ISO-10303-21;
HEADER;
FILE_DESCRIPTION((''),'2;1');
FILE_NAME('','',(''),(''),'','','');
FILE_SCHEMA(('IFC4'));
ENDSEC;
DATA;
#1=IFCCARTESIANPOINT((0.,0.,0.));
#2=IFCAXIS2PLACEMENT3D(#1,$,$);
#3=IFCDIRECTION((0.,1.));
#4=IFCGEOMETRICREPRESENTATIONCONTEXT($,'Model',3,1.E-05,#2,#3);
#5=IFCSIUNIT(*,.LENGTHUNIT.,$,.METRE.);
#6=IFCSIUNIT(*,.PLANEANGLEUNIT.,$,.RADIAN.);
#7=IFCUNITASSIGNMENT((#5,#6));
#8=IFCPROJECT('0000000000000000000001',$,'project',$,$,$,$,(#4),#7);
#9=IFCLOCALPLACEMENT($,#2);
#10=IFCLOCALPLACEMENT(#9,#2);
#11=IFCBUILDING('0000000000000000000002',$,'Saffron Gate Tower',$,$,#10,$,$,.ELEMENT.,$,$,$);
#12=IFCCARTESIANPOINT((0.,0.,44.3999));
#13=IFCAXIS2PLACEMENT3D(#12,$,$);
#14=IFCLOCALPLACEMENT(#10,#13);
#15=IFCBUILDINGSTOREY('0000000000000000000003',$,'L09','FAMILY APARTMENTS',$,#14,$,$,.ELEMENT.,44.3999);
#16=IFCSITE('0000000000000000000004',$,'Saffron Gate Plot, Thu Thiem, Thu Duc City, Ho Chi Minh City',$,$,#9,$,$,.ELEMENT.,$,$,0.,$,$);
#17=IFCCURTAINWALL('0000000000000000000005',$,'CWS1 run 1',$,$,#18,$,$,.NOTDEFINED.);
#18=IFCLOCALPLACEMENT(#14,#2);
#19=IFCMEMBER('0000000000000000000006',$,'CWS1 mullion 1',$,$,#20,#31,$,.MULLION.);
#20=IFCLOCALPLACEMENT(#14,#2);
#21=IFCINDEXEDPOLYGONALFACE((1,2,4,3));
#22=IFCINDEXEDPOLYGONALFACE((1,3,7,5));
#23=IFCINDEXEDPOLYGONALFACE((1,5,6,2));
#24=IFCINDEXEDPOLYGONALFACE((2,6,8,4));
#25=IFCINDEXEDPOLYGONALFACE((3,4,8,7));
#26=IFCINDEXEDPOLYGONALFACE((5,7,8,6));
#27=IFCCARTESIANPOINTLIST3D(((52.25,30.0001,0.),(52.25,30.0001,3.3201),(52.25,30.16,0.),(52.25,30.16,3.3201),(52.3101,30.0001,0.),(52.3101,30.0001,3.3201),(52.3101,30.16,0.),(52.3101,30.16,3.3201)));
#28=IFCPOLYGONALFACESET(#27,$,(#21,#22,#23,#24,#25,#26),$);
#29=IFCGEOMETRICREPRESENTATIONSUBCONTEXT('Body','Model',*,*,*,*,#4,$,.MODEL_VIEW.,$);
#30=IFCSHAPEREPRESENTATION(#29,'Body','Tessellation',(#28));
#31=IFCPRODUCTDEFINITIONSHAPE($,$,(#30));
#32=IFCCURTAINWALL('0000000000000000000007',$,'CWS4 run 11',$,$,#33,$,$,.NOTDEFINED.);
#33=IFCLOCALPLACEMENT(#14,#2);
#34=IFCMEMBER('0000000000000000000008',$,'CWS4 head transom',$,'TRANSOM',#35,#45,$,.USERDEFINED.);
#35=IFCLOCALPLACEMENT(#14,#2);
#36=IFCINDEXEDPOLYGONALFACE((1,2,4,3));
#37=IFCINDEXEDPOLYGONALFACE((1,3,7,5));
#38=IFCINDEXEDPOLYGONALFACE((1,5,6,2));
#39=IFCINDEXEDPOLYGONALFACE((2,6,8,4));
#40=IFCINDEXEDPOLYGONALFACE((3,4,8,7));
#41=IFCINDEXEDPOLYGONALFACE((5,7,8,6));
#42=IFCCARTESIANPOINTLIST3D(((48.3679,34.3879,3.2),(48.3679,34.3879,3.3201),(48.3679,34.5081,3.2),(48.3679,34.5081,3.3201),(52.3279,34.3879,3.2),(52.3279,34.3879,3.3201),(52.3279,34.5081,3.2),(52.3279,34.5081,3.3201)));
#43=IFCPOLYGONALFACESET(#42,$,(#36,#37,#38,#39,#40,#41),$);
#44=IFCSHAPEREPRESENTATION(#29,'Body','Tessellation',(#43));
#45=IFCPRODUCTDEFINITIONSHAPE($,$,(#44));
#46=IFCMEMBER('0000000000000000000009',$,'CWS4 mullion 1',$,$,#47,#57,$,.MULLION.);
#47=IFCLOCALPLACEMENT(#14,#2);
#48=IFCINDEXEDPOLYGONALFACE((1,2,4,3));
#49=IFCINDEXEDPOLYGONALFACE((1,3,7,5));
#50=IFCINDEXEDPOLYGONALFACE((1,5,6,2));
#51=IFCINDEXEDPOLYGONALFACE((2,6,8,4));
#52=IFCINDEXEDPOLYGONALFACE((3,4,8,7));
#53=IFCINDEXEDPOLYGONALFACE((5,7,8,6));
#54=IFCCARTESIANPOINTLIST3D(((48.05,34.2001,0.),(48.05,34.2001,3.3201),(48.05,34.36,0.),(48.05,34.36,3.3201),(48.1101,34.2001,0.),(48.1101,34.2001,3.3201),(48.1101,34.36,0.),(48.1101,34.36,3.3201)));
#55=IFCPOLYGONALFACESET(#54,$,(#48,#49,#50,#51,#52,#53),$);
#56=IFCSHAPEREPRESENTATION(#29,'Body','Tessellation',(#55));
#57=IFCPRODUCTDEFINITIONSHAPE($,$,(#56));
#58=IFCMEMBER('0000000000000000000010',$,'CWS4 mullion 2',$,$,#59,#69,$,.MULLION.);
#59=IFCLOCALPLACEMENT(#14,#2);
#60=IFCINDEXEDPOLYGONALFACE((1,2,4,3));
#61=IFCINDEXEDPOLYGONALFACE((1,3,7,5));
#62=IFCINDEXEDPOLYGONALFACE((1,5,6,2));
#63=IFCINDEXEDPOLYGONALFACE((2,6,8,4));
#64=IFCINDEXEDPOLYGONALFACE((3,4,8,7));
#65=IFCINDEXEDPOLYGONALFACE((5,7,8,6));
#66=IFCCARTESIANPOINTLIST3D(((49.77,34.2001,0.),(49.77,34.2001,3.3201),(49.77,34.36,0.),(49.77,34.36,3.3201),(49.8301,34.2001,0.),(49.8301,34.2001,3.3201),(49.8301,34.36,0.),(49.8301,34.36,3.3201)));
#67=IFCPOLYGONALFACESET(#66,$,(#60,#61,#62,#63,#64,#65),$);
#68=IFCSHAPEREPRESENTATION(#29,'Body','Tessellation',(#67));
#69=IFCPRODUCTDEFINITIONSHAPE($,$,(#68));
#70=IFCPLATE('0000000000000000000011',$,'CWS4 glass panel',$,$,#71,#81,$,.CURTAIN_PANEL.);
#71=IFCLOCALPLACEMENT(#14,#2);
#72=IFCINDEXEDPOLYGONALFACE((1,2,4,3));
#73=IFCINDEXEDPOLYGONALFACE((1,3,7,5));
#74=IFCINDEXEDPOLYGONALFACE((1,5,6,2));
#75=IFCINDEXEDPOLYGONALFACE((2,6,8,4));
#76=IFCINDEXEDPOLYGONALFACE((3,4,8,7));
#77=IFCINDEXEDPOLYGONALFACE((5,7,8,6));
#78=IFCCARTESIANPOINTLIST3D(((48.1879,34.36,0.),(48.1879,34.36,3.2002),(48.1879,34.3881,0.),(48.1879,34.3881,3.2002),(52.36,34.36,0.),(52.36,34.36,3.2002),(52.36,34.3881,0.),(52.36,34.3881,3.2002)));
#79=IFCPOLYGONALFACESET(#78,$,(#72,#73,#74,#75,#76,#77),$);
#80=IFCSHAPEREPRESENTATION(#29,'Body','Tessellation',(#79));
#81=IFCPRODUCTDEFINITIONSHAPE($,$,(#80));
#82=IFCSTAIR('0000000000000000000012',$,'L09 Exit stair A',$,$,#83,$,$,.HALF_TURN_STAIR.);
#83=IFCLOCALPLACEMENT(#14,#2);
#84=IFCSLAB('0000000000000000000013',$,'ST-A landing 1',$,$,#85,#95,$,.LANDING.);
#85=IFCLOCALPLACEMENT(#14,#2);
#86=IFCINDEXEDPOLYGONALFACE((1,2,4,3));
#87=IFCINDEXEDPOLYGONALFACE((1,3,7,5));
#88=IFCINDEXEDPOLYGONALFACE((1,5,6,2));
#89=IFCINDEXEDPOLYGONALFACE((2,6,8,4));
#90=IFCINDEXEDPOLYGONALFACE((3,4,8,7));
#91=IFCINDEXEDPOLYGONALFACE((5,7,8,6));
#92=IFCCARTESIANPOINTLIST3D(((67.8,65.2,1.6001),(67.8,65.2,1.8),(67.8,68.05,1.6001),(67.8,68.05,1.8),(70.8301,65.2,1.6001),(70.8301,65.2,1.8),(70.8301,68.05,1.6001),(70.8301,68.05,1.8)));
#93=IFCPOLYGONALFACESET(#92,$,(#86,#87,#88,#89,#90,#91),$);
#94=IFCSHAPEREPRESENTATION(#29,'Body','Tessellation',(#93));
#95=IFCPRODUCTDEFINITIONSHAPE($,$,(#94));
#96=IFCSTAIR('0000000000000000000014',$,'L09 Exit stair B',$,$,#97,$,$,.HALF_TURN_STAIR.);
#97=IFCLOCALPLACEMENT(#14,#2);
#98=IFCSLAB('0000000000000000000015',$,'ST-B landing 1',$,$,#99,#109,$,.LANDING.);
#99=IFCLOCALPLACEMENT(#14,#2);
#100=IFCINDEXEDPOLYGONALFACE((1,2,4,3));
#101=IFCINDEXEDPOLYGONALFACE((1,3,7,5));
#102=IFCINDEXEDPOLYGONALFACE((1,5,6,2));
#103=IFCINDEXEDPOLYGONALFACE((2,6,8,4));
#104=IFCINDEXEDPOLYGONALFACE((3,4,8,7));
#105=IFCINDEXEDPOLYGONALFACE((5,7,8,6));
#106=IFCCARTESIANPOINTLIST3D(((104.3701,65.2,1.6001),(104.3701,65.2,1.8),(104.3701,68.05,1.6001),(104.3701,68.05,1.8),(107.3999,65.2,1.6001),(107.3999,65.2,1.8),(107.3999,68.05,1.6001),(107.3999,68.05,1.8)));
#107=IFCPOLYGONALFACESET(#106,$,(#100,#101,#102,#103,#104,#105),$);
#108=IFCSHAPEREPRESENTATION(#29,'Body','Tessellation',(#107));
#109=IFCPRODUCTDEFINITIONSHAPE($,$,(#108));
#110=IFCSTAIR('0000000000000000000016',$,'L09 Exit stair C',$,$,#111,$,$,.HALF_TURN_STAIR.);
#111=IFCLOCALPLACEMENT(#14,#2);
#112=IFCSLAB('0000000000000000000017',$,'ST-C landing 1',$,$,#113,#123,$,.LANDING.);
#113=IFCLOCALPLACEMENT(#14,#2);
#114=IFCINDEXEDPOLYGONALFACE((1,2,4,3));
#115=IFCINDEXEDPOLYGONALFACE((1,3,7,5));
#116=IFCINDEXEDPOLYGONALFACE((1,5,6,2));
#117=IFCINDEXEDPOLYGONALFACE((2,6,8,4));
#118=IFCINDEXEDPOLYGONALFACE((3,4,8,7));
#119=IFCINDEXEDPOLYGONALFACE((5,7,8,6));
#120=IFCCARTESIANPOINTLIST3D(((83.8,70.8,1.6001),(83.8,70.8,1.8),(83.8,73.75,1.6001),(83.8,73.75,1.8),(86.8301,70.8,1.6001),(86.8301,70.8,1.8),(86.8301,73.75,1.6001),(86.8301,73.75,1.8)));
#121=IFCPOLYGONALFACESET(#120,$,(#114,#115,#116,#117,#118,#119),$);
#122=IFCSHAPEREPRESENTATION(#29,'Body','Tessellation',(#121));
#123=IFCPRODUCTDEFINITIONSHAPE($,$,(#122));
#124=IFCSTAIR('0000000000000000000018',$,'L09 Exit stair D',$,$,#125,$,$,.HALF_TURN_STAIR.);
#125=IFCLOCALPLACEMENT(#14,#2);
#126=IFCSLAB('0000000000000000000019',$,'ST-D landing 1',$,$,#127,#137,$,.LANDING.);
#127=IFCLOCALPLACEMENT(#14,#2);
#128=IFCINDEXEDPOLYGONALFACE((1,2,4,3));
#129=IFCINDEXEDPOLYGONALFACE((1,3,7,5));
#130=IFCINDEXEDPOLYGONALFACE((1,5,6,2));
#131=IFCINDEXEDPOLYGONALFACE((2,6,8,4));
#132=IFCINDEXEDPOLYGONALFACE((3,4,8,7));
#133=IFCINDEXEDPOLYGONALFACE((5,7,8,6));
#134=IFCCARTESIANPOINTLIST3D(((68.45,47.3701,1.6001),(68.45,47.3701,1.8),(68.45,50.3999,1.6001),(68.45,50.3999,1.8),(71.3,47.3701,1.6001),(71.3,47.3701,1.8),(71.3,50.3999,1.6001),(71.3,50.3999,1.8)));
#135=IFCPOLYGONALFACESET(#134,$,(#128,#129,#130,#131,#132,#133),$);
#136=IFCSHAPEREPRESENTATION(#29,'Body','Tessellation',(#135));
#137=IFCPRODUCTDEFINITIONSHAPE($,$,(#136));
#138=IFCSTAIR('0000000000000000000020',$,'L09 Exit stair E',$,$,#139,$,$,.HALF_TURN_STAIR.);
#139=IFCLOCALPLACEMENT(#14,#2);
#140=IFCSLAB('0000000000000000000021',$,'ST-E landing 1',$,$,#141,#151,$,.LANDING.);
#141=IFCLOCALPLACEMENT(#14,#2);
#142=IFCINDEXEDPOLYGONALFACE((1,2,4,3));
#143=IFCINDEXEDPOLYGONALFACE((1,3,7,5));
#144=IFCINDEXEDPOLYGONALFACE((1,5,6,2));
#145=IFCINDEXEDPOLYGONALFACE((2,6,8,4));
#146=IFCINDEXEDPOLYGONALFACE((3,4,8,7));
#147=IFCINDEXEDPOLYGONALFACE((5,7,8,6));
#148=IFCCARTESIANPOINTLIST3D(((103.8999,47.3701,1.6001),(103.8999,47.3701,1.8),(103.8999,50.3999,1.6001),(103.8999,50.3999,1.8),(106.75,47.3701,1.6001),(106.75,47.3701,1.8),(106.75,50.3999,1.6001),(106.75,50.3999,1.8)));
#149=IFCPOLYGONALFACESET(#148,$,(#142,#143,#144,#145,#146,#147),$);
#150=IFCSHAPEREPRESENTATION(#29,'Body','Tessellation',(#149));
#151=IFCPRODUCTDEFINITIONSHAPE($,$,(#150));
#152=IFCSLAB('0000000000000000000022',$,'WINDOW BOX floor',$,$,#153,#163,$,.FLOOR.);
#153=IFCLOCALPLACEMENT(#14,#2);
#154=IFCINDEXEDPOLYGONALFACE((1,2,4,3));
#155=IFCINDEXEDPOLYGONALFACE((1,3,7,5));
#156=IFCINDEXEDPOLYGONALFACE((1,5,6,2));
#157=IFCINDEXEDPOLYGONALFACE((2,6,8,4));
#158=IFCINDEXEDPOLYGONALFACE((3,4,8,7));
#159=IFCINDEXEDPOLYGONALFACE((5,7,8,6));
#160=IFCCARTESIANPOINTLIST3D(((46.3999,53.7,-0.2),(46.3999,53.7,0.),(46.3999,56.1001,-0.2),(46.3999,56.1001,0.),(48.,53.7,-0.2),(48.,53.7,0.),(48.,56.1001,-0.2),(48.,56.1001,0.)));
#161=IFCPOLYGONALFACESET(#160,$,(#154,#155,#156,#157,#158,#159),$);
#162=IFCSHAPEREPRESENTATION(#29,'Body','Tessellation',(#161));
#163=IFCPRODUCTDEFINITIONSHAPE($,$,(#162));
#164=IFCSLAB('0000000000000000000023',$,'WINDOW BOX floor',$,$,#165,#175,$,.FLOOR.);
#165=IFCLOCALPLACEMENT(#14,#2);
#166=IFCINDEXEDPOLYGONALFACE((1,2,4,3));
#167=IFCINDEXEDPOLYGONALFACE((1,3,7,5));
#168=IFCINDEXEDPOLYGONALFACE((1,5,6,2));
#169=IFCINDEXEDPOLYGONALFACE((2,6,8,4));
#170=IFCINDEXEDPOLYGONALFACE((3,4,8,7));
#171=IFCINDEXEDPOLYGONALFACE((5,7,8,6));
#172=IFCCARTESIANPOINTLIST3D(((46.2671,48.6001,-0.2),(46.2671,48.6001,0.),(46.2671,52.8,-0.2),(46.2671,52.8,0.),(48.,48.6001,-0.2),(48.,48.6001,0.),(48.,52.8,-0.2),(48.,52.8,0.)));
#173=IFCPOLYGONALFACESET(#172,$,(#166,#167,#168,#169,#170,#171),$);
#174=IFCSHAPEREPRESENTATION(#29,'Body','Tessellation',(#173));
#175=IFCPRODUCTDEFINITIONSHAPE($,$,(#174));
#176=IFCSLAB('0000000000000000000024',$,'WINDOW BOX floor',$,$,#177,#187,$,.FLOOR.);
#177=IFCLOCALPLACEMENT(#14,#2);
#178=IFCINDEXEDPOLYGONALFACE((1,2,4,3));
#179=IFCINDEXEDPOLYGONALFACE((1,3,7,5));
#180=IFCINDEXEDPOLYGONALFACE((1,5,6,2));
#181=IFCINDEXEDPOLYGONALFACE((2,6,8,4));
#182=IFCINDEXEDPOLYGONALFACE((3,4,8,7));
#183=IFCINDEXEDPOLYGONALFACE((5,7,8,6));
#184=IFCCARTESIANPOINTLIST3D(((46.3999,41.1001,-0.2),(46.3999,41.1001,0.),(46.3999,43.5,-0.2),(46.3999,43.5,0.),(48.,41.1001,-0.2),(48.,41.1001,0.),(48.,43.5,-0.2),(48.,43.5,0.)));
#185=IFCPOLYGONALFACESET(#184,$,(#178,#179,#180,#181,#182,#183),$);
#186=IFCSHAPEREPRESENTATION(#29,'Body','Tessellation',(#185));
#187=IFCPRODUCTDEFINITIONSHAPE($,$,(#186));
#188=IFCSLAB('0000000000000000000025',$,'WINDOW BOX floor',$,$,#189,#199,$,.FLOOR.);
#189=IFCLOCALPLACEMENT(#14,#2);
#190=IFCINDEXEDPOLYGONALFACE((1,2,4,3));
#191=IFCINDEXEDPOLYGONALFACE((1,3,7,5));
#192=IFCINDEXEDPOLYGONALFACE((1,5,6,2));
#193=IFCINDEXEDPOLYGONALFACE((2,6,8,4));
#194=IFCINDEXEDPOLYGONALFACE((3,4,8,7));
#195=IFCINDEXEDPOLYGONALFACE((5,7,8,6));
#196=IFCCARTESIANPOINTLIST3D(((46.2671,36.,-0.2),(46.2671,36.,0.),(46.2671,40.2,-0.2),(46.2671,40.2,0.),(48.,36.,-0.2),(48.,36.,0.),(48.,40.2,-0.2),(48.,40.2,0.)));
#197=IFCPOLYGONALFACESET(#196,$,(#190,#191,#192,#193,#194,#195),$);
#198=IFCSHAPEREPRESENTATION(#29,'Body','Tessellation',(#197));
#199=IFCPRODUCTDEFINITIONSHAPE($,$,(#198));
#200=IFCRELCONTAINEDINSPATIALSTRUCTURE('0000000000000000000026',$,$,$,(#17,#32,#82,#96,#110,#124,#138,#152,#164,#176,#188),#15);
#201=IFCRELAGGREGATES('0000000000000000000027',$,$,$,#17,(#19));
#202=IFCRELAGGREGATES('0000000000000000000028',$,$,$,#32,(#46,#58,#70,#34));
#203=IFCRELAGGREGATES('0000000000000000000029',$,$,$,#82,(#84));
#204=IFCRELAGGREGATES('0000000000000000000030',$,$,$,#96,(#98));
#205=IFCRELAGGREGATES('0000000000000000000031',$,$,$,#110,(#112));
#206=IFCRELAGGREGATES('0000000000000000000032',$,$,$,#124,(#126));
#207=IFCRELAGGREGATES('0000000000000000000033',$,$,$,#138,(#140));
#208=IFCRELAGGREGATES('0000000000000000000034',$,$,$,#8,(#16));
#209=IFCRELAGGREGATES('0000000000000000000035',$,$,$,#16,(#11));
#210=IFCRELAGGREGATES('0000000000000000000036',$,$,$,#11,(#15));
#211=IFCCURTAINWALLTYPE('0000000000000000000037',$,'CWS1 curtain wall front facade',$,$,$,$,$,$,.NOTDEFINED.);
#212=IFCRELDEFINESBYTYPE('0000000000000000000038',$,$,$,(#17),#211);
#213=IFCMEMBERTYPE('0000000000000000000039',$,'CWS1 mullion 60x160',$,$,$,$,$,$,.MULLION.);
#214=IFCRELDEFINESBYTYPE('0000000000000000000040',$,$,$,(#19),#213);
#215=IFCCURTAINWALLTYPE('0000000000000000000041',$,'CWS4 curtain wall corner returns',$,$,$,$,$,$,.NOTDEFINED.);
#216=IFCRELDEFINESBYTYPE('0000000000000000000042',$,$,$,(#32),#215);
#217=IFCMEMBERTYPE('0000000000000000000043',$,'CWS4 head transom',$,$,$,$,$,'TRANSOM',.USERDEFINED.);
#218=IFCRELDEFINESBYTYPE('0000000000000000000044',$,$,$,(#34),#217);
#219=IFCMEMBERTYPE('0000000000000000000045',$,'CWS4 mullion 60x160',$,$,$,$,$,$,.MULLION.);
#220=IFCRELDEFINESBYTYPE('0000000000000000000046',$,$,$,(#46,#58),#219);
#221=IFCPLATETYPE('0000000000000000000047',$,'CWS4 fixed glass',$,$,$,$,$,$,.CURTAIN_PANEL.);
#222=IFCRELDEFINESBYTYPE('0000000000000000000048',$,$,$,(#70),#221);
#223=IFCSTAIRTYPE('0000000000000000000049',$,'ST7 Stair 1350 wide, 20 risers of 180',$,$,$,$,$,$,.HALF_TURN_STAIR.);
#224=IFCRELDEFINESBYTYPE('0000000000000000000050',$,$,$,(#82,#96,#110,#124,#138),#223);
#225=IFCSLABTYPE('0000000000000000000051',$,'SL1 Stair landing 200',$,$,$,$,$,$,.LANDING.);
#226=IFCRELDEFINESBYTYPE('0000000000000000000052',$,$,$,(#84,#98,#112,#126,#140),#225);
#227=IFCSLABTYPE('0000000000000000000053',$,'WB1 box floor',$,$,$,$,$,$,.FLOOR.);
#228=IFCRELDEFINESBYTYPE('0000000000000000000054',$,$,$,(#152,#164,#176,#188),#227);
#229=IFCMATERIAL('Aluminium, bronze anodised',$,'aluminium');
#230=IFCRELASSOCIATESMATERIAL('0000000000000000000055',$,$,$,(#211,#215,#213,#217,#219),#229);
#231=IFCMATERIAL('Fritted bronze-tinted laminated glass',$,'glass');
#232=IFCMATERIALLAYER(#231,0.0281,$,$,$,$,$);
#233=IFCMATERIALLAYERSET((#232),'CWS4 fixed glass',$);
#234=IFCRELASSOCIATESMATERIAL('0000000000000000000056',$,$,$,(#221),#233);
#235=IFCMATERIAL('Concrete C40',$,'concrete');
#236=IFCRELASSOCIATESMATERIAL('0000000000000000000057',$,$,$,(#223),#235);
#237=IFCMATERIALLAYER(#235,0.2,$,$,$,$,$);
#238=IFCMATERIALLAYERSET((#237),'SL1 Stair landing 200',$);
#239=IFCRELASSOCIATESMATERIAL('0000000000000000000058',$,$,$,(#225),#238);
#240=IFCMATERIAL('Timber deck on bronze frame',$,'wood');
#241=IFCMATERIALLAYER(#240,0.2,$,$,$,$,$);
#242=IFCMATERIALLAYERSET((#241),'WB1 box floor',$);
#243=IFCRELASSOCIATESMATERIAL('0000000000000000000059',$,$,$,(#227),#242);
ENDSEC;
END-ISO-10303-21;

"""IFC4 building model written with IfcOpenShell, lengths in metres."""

from ifc_helpers import new_model, si_unit, direction, frame, frame_2d, origin, origin_2d, place, context, subcontext, project, spatial, polyline, rectangle, outline, extrude, material, layer, layer_set, material_profile, profile_set, type_object, element, aggregate, save


model = new_model("IFC4")

# Units and contexts
model_context = context("Model", 3, precision=1e-05, world=origin(), true_north=direction((0.0, 1.0)))
body_context = subcontext(model_context, "Body", "Model", "MODEL_VIEW")
ifc_project = project(units=[si_unit("LENGTHUNIT", "METRE"), si_unit("PLANEANGLEUNIT", "RADIAN")], contexts=[model_context])

# Site, building, storey
site_placement = place(None, origin())
site = spatial("IfcSite", under=ifc_project, at=site_placement, Name="Saffron Gate Plot, Thu Thiem, Thu Duc City, Ho Chi Minh City", CompositionType="ELEMENT", RefElevation=0.0)
building_placement = place(site_placement, origin())
building = spatial("IfcBuilding", under=site, at=building_placement, Name="Saffron Gate Tower", CompositionType="ELEMENT")
storey_placement = place(building_placement, frame((0.0, 0.0, 44.3999)))
storey = spatial("IfcBuildingStorey", under=building, at=storey_placement, Name="L09", Description="FAMILY APARTMENTS", CompositionType="ELEMENT", Elevation=44.3999)

# Curtain wall, member
ifc_material_1 = material(Name="Aluminium, bronze anodised", Category="aluminium")
curtain_wall_type_1 = type_object("IfcCurtainWallType", Name="CWS1 curtain wall front facade", PredefinedType="NOTDEFINED", material=ifc_material_1)
curtain_wall_1_placement = place(storey_placement, origin())
curtain_wall_1 = element("IfcCurtainWall", 1, at=curtain_wall_1_placement, inside=storey, type_object=curtain_wall_type_1, Name="CWS1 run 1", PredefinedType="NOTDEFINED")
ifc_material_profile_1 = material_profile(ifc_material_1, rectangle(XDim=0.1599, YDim=0.0601, at=origin_2d()))
ifc_profile_set_1 = profile_set([ifc_material_profile_1], Name="Aluminium, bronze anodised")
member_type_1 = type_object("IfcMemberType", Name="CWS1 mullion 60x160", PredefinedType="MULLION", material=ifc_profile_set_1)
member_1_placement = place(storey_placement, frame((52.28, 30.0801, 0.0), z_axis=(0.0, 0.0, 1.0), x_axis=(0.0, 1.0, 0.0)))
member_1 = element("IfcMember", 2, at=member_1_placement, type_object=member_type_1, Name="CWS1 mullion 1", PredefinedType="MULLION", context=body_context, shape_type="SweptSolid", body=[
    extrude(rectangle(XDim=0.1599, YDim=0.0601, at=origin_2d()), origin(), (0.0, 0.0, 1.0), 3.3201),
])
aggregate(curtain_wall_1, [member_1])

# Curtain wall, members, plate
curtain_wall_type_2 = type_object("IfcCurtainWallType", Name="CWS4 curtain wall corner returns", PredefinedType="NOTDEFINED", material=ifc_material_1)
curtain_wall_2_placement = place(storey_placement, origin())
curtain_wall_2 = element("IfcCurtainWall", 3, at=curtain_wall_2_placement, inside=storey, type_object=curtain_wall_type_2, Name="CWS4 run 11", PredefinedType="NOTDEFINED")
ifc_material_profile_2 = material_profile(ifc_material_1, rectangle(XDim=0.1201, YDim=0.1201, at=origin_2d()))
ifc_profile_set_2 = profile_set([ifc_material_profile_2], Name="Aluminium, bronze anodised")
member_type_2 = type_object("IfcMemberType", Name="CWS4 head transom", ElementType="TRANSOM", PredefinedType="USERDEFINED", material=ifc_profile_set_2)
member_2_placement = place(storey_placement, frame((48.3679, 34.448, 3.26), z_axis=(1.0, 0.0, 0.0), x_axis=(0.0, 1.0, 0.0)))
member_2 = element("IfcMember", 4, at=member_2_placement, type_object=member_type_2, Name="CWS4 head transom", ObjectType="TRANSOM", PredefinedType="USERDEFINED", context=body_context, shape_type="SweptSolid", body=[
    extrude(rectangle(XDim=0.1201, YDim=0.1201, at=origin_2d()), origin(), (0.0, 0.0, 1.0), 3.96),
])
ifc_material_profile_3 = material_profile(ifc_material_1, rectangle(XDim=0.1599, YDim=0.0601, at=origin_2d()))
ifc_profile_set_3 = profile_set([ifc_material_profile_3], Name="Aluminium, bronze anodised")
member_type_3 = type_object("IfcMemberType", Name="CWS4 mullion 60x160", PredefinedType="MULLION", material=ifc_profile_set_3)
member_3_placement = place(storey_placement, frame((48.0801, 34.28, 0.0), z_axis=(0.0, 0.0, 1.0), x_axis=(0.0, 1.0, 0.0)))
member_3 = element("IfcMember", 5, at=member_3_placement, type_object=member_type_3, Name="CWS4 mullion 1", PredefinedType="MULLION", context=body_context, shape_type="SweptSolid", body=[
    extrude(rectangle(XDim=0.1599, YDim=0.0601, at=origin_2d()), origin(), (0.0, 0.0, 1.0), 3.3201),
])
member_4_placement = place(storey_placement, frame((49.8, 34.28, 0.0), z_axis=(0.0, 0.0, 1.0), x_axis=(0.0, 1.0, 0.0)))
member_4 = element("IfcMember", 6, at=member_4_placement, type_object=member_type_3, Name="CWS4 mullion 2", PredefinedType="MULLION", context=body_context, shape_type="SweptSolid", body=[
    extrude(rectangle(XDim=0.1599, YDim=0.0601, at=origin_2d()), origin(), (0.0, 0.0, 1.0), 3.3201),
])
ifc_material_2 = material(Name="Fritted bronze-tinted laminated glass", Category="glass")
ifc_layer_1 = layer(ifc_material_2, 0.0281)
ifc_layer_set_1 = layer_set([ifc_layer_1], Name="CWS4 fixed glass")
plate_type_1 = type_object("IfcPlateType", Name="CWS4 fixed glass", PredefinedType="CURTAIN_PANEL", material=ifc_layer_set_1)
plate_1_placement = place(storey_placement, frame((48.188, 34.374, 0.0), z_axis=(0.0, 0.0, 1.0), x_axis=(1.0, 0.0, 0.0)))
plate_1 = element("IfcPlate", 7, at=plate_1_placement, type_object=plate_type_1, Name="CWS4 glass panel", PredefinedType="CURTAIN_PANEL", context=body_context, shape_type="SweptSolid", body=[
    extrude(rectangle(XDim=4.1721, YDim=0.0281, at=frame_2d((2.0859, 0.0))), origin(), (0.0, 0.0, 1.0), 3.2002),
])
aggregate(curtain_wall_2, [member_3, member_4, plate_1, member_2])

# Stairs, slabs
ifc_material_3 = material(Name="Concrete C40", Category="concrete")
stair_type = type_object("IfcStairType", Name="ST7 Stair 1350 wide, 20 risers of 180", PredefinedType="HALF_TURN_STAIR", material=ifc_material_3)
stair_1_placement = place(storey_placement, origin())
stair_1 = element("IfcStair", 8, at=stair_1_placement, inside=storey, type_object=stair_type, Name="L09 Exit stair A", PredefinedType="HALF_TURN_STAIR")
ifc_layer_2 = layer(ifc_material_3, 0.2)
ifc_layer_set_2 = layer_set([ifc_layer_2], Name="SL1 Stair landing 200")
slab_type_1 = type_object("IfcSlabType", Name="SL1 Stair landing 200", PredefinedType="LANDING", material=ifc_layer_set_2)
slab_1_placement = place(storey_placement, frame((0.0, 0.0, 1.6001)))
slab_1 = element("IfcSlab", 9, at=slab_1_placement, type_object=slab_type_1, Name="ST-A landing 1", PredefinedType="LANDING", context=body_context, shape_type="SweptSolid", body=[
    extrude(outline(polyline([(70.8301, 68.05), (67.8, 68.05), (67.8, 65.2), (70.8301, 65.2), (70.8301, 68.05)])), origin(), (0.0, 0.0, 1.0), 0.2),
])
aggregate(stair_1, [slab_1])
stair_2_placement = place(storey_placement, origin())
stair_2 = element("IfcStair", 10, at=stair_2_placement, inside=storey, type_object=stair_type, Name="L09 Exit stair B", PredefinedType="HALF_TURN_STAIR")
slab_2_placement = place(storey_placement, frame((0.0, 0.0, 1.6001)))
slab_2 = element("IfcSlab", 11, at=slab_2_placement, type_object=slab_type_1, Name="ST-B landing 1", PredefinedType="LANDING", context=body_context, shape_type="SweptSolid", body=[
    extrude(outline(polyline([(104.3701, 65.2), (107.3999, 65.2), (107.3999, 68.05), (104.3701, 68.05), (104.3701, 65.2)])), origin(), (0.0, 0.0, 1.0), 0.2),
])
aggregate(stair_2, [slab_2])
stair_3_placement = place(storey_placement, origin())
stair_3 = element("IfcStair", 12, at=stair_3_placement, inside=storey, type_object=stair_type, Name="L09 Exit stair C", PredefinedType="HALF_TURN_STAIR")
slab_3_placement = place(storey_placement, frame((0.0, 0.0, 1.6001)))
slab_3 = element("IfcSlab", 13, at=slab_3_placement, type_object=slab_type_1, Name="ST-C landing 1", PredefinedType="LANDING", context=body_context, shape_type="SweptSolid", body=[
    extrude(outline(polyline([(86.8301, 73.75), (83.8, 73.75), (83.8, 70.8), (86.8301, 70.8), (86.8301, 73.75)])), origin(), (0.0, 0.0, 1.0), 0.2),
])
aggregate(stair_3, [slab_3])
stair_4_placement = place(storey_placement, origin())
stair_4 = element("IfcStair", 14, at=stair_4_placement, inside=storey, type_object=stair_type, Name="L09 Exit stair D", PredefinedType="HALF_TURN_STAIR")
slab_4_placement = place(storey_placement, frame((0.0, 0.0, 1.6001)))
slab_4 = element("IfcSlab", 15, at=slab_4_placement, type_object=slab_type_1, Name="ST-D landing 1", PredefinedType="LANDING", context=body_context, shape_type="SweptSolid", body=[
    extrude(outline(polyline([(71.3, 47.3701), (71.3, 50.3999), (68.45, 50.3999), (68.45, 47.3701), (71.3, 47.3701)])), origin(), (0.0, 0.0, 1.0), 0.2),
])
aggregate(stair_4, [slab_4])
stair_5_placement = place(storey_placement, origin())
stair_5 = element("IfcStair", 16, at=stair_5_placement, inside=storey, type_object=stair_type, Name="L09 Exit stair E", PredefinedType="HALF_TURN_STAIR")
slab_5_placement = place(storey_placement, frame((0.0, 0.0, 1.6001)))
slab_5 = element("IfcSlab", 17, at=slab_5_placement, type_object=slab_type_1, Name="ST-E landing 1", PredefinedType="LANDING", context=body_context, shape_type="SweptSolid", body=[
    extrude(outline(polyline([(106.75, 47.3701), (106.75, 50.3999), (103.8999, 50.3999), (103.8999, 47.3701), (106.75, 47.3701)])), origin(), (0.0, 0.0, 1.0), 0.2),
])
aggregate(stair_5, [slab_5])

# Slabs
ifc_material_4 = material(Name="Timber deck on bronze frame", Category="wood")
ifc_layer_3 = layer(ifc_material_4, 0.2)
ifc_layer_set_3 = layer_set([ifc_layer_3], Name="WB1 box floor")
slab_type_2 = type_object("IfcSlabType", Name="WB1 box floor", PredefinedType="FLOOR", material=ifc_layer_set_3)
slab_6_placement = place(storey_placement, frame((0.0, 0.0, -0.2)))
element("IfcSlab", 18, at=slab_6_placement, inside=storey, type_object=slab_type_2, Name="WINDOW BOX floor", PredefinedType="FLOOR", context=body_context, shape_type="SweptSolid", body=[
    extrude(outline(polyline([(48.0, 56.1001), (48.0, 53.7), (46.3999, 53.7), (46.3999, 56.1001), (48.0, 56.1001)])), origin(), (0.0, 0.0, 1.0), 0.2),
])
slab_7_placement = place(storey_placement, frame((0.0, 0.0, -0.2)))
element("IfcSlab", 19, at=slab_7_placement, inside=storey, type_object=slab_type_2, Name="WINDOW BOX floor", PredefinedType="FLOOR", context=body_context, shape_type="SweptSolid", body=[
    extrude(outline(polyline([(48.0, 52.8), (48.0, 48.6001), (46.2671, 48.6001), (46.2671, 52.8), (48.0, 52.8)])), origin(), (0.0, 0.0, 1.0), 0.2),
])
slab_8_placement = place(storey_placement, frame((0.0, 0.0, -0.2)))
element("IfcSlab", 20, at=slab_8_placement, inside=storey, type_object=slab_type_2, Name="WINDOW BOX floor", PredefinedType="FLOOR", context=body_context, shape_type="SweptSolid", body=[
    extrude(outline(polyline([(48.0, 43.5), (48.0, 41.1001), (46.3999, 41.1001), (46.3999, 43.5), (48.0, 43.5)])), origin(), (0.0, 0.0, 1.0), 0.2),
])
slab_9_placement = place(storey_placement, frame((0.0, 0.0, -0.2)))
element("IfcSlab", 21, at=slab_9_placement, inside=storey, type_object=slab_type_2, Name="WINDOW BOX floor", PredefinedType="FLOOR", context=body_context, shape_type="SweptSolid", body=[
    extrude(outline(polyline([(48.0, 40.2), (48.0, 36.0), (46.2671, 36.0), (46.2671, 40.2), (48.0, 40.2)])), origin(), (0.0, 0.0, 1.0), 0.2),
])

save(model, "model.ifc")
